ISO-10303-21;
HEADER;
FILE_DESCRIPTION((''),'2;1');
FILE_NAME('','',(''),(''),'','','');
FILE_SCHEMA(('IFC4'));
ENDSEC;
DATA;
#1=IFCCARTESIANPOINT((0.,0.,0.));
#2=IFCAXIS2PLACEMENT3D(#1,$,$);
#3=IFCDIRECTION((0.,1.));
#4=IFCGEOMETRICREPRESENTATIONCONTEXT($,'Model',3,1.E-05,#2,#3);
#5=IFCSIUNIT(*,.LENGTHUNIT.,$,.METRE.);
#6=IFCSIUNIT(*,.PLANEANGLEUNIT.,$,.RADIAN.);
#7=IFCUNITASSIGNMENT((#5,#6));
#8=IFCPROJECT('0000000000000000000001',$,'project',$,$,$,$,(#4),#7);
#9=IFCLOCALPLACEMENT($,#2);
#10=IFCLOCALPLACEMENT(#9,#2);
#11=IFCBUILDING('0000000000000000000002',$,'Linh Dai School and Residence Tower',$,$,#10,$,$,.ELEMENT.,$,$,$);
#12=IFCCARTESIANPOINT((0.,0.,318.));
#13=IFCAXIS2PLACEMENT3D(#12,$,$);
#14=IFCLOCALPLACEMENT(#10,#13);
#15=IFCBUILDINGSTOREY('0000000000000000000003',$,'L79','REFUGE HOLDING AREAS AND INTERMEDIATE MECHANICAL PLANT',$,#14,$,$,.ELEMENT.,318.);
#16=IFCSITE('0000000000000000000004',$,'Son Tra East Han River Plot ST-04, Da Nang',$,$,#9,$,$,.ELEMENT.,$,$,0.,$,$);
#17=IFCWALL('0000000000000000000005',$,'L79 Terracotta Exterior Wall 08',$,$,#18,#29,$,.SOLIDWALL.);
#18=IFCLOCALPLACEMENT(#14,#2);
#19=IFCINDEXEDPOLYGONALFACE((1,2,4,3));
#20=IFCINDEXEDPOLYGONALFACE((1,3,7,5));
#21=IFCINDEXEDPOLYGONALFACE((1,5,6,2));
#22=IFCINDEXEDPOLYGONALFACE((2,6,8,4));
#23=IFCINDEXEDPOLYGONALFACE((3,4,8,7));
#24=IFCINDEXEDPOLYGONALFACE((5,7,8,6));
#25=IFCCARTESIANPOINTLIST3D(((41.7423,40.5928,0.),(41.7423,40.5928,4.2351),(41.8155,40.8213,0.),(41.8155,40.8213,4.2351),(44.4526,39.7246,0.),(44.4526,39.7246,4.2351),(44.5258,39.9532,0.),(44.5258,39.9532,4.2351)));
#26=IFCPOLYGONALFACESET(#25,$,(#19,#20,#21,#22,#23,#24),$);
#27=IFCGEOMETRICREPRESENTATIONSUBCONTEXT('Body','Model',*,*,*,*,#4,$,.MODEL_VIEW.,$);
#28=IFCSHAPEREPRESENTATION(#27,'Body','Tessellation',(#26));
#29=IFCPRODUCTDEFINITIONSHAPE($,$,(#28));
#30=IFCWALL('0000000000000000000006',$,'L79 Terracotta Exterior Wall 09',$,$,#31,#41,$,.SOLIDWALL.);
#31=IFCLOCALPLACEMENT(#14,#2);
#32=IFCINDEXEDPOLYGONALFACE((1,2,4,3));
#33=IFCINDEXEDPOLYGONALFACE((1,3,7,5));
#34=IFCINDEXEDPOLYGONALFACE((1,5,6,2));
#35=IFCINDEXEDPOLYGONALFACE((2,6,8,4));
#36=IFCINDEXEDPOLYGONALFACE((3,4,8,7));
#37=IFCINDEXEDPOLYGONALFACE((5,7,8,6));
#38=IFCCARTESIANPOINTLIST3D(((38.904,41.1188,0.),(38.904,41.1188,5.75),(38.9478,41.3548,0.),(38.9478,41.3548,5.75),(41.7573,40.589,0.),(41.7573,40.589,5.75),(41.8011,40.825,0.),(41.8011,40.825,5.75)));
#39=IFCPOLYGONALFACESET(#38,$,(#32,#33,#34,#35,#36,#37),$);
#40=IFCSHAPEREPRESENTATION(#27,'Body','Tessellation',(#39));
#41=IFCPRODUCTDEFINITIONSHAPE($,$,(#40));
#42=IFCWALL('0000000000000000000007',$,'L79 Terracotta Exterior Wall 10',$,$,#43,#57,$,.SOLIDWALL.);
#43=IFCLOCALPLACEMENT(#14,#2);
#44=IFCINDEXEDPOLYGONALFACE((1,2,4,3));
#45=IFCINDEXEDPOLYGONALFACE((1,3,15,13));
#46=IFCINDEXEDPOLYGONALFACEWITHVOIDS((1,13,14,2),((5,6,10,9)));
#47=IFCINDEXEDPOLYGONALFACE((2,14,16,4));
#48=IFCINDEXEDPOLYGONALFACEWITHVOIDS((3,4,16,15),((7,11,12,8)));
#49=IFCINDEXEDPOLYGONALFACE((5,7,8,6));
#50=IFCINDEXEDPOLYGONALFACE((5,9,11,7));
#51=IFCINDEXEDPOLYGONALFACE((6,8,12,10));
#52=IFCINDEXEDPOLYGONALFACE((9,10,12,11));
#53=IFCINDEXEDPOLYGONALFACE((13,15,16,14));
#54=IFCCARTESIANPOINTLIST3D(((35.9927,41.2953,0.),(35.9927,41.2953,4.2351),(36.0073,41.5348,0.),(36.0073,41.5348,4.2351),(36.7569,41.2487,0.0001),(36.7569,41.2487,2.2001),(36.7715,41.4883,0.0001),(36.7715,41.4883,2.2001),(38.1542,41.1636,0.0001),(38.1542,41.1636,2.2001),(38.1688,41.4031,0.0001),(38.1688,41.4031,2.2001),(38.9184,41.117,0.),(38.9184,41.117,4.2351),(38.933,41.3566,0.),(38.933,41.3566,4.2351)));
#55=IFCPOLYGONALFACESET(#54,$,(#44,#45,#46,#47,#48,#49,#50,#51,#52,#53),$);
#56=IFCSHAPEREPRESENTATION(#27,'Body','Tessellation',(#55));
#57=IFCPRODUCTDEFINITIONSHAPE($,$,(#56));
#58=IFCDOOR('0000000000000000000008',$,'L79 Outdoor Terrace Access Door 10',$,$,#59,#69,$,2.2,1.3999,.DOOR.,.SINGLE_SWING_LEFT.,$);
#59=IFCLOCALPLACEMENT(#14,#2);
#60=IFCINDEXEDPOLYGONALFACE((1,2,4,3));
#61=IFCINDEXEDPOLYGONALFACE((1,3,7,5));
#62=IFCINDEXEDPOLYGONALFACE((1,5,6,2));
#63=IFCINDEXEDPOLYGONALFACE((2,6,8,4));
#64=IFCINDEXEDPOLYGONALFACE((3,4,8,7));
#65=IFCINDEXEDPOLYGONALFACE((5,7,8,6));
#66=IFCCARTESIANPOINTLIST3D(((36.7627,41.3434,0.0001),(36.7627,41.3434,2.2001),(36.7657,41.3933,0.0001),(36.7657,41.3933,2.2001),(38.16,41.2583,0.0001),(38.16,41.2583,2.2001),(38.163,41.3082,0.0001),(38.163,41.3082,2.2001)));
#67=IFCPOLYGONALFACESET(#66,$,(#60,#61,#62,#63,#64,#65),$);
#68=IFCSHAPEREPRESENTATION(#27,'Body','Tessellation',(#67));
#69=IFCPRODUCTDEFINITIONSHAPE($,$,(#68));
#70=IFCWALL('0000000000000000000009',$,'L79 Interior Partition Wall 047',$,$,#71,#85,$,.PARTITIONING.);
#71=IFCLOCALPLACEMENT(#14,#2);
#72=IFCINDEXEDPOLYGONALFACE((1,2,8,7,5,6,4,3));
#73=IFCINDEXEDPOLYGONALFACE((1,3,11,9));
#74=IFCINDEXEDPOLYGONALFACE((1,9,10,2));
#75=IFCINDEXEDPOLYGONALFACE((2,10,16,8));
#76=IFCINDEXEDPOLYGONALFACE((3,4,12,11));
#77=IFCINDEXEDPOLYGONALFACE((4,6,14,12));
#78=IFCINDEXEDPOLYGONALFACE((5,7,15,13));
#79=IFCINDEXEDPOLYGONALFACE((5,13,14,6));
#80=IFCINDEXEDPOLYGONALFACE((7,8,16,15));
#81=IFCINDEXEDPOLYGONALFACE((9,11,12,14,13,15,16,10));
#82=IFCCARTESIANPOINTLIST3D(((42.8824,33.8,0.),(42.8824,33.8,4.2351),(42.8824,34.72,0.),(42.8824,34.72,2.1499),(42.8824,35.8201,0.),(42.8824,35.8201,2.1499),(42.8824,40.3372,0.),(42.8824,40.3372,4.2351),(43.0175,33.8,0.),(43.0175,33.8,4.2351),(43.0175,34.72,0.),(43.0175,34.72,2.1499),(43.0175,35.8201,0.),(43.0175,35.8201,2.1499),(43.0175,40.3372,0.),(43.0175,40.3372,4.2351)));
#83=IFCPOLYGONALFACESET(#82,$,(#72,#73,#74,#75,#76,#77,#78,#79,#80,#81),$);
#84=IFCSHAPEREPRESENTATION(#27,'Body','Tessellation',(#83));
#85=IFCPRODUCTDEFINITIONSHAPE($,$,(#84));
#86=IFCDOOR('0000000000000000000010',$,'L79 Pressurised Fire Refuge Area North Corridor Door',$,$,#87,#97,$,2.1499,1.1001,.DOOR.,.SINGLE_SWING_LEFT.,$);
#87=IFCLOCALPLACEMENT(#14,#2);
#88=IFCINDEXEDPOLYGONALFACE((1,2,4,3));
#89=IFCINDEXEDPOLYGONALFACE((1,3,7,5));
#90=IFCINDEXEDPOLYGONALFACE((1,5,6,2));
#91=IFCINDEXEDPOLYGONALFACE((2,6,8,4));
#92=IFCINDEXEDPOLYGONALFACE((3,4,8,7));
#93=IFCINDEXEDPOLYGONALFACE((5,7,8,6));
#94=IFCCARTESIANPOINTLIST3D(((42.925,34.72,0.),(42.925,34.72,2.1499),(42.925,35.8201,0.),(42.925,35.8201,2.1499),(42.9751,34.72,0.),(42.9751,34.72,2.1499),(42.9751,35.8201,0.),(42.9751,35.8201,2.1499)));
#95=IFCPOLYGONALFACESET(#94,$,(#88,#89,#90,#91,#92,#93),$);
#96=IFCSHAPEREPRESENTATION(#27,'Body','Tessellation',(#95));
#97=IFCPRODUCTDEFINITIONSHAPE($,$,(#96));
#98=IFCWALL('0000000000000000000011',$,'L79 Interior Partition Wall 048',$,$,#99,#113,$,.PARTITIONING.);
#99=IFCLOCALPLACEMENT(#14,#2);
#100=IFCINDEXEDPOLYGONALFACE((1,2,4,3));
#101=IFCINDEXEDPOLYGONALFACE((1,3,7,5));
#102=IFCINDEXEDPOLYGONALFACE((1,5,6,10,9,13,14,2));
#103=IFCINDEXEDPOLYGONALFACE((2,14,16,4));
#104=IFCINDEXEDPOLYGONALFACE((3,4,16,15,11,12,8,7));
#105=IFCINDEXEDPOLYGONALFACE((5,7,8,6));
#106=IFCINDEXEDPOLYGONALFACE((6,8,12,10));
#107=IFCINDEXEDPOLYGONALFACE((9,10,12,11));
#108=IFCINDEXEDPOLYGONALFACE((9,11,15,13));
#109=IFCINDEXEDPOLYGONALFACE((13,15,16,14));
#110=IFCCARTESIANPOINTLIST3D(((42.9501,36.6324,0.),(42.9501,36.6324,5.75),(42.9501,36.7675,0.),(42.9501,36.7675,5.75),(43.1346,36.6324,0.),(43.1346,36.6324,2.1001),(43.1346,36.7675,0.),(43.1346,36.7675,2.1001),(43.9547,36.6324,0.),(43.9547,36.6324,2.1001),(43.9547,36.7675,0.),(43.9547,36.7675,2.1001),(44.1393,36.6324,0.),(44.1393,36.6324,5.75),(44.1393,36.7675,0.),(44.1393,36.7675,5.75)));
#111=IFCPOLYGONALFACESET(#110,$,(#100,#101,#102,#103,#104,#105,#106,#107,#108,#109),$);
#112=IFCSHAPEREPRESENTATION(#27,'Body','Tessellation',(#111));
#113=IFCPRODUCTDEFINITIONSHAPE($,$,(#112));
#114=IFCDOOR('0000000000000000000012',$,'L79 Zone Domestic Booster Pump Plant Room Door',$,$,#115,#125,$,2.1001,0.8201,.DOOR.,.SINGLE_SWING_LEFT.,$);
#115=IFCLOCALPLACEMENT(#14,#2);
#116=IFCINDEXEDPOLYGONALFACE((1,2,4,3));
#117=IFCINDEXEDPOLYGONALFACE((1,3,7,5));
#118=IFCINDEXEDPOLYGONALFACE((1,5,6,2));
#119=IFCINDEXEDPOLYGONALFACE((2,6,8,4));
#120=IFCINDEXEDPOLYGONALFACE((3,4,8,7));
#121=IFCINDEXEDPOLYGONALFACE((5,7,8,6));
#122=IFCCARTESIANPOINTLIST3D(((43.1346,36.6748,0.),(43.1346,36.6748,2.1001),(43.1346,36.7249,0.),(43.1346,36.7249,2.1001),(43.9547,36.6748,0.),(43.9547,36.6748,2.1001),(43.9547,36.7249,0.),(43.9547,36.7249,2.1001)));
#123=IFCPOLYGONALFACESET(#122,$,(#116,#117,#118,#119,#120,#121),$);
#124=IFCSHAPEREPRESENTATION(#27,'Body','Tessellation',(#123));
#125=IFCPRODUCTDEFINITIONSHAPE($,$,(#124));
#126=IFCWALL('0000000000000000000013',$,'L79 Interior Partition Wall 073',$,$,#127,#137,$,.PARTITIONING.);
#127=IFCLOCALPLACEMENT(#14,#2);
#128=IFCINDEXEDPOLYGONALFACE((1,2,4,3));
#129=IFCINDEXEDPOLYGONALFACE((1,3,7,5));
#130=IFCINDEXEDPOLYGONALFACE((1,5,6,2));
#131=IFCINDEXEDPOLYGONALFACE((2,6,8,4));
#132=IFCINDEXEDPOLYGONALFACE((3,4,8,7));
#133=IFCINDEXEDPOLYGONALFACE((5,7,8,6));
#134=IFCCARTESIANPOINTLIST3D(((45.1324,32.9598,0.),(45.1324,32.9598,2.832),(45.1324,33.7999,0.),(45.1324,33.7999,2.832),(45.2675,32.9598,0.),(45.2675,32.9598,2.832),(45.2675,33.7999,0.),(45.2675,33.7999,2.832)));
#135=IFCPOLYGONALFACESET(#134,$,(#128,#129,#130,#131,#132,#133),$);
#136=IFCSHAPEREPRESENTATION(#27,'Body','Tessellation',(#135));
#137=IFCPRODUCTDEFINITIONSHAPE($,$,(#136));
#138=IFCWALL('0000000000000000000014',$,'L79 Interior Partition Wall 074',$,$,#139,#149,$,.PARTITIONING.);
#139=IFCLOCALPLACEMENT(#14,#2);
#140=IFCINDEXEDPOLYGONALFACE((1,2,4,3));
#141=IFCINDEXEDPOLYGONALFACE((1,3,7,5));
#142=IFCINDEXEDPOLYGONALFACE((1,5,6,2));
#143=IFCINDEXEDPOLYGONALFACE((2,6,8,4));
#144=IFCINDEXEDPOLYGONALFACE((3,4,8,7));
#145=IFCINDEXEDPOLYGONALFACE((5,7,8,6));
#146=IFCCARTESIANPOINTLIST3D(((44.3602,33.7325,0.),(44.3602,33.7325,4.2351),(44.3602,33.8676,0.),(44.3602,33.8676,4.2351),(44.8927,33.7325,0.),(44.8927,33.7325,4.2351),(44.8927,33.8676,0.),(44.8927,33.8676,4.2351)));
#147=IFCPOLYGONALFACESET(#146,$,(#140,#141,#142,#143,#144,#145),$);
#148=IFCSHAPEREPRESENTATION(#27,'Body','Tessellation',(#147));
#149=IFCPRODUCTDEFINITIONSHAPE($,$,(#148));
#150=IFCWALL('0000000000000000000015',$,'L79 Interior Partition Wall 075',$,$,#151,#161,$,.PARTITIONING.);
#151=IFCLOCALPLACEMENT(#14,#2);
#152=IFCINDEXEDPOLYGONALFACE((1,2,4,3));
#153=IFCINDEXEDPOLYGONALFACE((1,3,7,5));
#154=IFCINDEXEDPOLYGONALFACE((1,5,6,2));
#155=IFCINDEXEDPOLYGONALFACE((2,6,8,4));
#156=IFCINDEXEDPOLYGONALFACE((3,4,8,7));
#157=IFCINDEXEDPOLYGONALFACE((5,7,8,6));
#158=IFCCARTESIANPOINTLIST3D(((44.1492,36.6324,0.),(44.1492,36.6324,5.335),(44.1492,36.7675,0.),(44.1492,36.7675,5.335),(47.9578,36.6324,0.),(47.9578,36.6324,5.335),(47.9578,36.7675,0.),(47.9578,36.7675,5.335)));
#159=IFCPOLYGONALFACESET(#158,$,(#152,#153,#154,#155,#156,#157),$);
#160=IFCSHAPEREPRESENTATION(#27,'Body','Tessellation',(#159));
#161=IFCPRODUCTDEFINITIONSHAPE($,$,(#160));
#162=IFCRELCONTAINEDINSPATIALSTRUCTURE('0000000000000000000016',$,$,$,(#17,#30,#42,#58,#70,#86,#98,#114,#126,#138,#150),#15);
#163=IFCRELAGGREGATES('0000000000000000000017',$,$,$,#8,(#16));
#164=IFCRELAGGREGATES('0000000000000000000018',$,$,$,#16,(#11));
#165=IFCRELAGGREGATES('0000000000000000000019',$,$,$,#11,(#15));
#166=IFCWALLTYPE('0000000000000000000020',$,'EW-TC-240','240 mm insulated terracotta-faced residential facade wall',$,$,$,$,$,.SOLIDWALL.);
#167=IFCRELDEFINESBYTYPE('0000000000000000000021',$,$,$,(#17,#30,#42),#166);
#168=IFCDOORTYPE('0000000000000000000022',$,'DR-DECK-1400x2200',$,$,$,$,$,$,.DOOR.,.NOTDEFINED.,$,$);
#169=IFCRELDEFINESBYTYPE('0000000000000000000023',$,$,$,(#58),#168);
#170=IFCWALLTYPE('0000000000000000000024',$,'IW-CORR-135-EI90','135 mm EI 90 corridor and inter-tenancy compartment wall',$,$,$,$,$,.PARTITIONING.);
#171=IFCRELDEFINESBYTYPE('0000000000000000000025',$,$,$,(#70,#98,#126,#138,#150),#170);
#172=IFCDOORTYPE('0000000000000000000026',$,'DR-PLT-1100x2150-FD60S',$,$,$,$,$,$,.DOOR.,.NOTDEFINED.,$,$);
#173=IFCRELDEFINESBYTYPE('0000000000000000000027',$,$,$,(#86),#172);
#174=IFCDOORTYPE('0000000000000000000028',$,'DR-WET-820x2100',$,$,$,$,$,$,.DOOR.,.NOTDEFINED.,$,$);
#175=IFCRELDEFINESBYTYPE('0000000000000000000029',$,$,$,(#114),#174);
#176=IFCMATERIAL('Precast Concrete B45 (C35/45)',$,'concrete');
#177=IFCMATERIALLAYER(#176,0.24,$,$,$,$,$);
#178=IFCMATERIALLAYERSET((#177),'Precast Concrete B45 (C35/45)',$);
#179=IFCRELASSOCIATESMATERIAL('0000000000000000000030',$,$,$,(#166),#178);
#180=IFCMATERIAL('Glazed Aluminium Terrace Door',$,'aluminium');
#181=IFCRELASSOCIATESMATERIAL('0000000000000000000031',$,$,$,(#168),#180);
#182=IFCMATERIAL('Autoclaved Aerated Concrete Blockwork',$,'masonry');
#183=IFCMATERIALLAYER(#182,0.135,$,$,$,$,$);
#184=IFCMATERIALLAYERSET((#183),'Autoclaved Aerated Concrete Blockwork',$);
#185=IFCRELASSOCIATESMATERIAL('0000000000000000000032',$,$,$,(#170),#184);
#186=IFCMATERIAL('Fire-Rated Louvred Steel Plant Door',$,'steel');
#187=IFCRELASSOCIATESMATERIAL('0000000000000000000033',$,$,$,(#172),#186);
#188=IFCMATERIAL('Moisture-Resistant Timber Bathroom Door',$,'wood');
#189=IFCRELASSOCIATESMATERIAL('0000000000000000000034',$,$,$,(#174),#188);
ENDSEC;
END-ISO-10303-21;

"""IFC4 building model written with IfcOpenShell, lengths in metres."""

from ifc_helpers import new_model, si_unit, direction, frame, frame_2d, origin, origin_2d, place, context, subcontext, project, spatial, rectangle, extrude, source, transform, mapped, material, layer, layer_set, type_object, element, fill, save


model = new_model("IFC4")

# Units and contexts
model_context = context("Model", 3, precision=1e-05, world=origin(), true_north=direction((0.0, 1.0)))
body_context = subcontext(model_context, "Body", "Model", "MODEL_VIEW")
ifc_project = project(units=[si_unit("LENGTHUNIT", "METRE"), si_unit("PLANEANGLEUNIT", "RADIAN")], contexts=[model_context])

# Site, building, storey
site_placement = place(None, origin())
site = spatial("IfcSite", under=ifc_project, at=site_placement, Name="Son Tra East Han River Plot ST-04, Da Nang", CompositionType="ELEMENT", RefElevation=0.0)
building_placement = place(site_placement, origin())
building = spatial("IfcBuilding", under=site, at=building_placement, Name="Linh Dai School and Residence Tower", CompositionType="ELEMENT")
storey_placement = place(building_placement, frame((0.0, 0.0, 318.0)))
storey = spatial("IfcBuildingStorey", under=building, at=storey_placement, Name="L79", Description="REFUGE HOLDING AREAS AND INTERMEDIATE MECHANICAL PLANT", CompositionType="ELEMENT", Elevation=318.0)

# Walls
ifc_material_1 = material(Name="Precast Concrete B45 (C35/45)", Category="concrete")
ifc_layer_1 = layer(ifc_material_1, 0.24)
ifc_layer_set_1 = layer_set([ifc_layer_1], Name="Precast Concrete B45 (C35/45)")
wall_type_1 = type_object("IfcWallType", Name="EW-TC-240", Description="240 mm insulated terracotta-faced residential facade wall", PredefinedType="SOLIDWALL", material=ifc_layer_set_1)
wall_1_placement = place(storey_placement, frame((41.7791, 40.707, 0.0), z_axis=(0.0, 0.0, 1.0), x_axis=(0.952332, -0.305062, 0.0)))
element("IfcWall", 1, at=wall_1_placement, inside=storey, type_object=wall_type_1, Name="L79 Terracotta Exterior Wall 08", PredefinedType="SOLIDWALL", context=body_context, shape_type="SweptSolid", body=[
    extrude(rectangle(XDim=2.8459, YDim=0.24, at=frame_2d((1.4229, 0.0))), origin(), (0.0, 0.0, 1.0), 4.2351),
])
wall_2_placement = place(storey_placement, frame((38.9258, 41.2368, 0.0), z_axis=(0.0, 0.0, 1.0), x_axis=(0.983195, -0.182556, 0.0)))
element("IfcWall", 2, at=wall_2_placement, inside=storey, type_object=wall_type_1, Name="L79 Terracotta Exterior Wall 09", PredefinedType="SOLIDWALL", context=body_context, shape_type="SweptSolid", body=[
    extrude(rectangle(XDim=2.9021, YDim=0.24, at=frame_2d((1.4512, 0.0))), origin(), (0.0, 0.0, 1.0), 5.75),
])

# Walls, openings, doors
wall_3_placement = place(storey_placement, frame((36.0, 41.415, 0.0), z_axis=(0.0, 0.0, 1.0), x_axis=(0.99815, -0.060802, 0.0)))
wall_3 = element("IfcWall", 3, at=wall_3_placement, inside=storey, type_object=wall_type_1, Name="L79 Terracotta Exterior Wall 10", PredefinedType="SOLIDWALL", context=body_context, shape_type="SweptSolid", body=[
    extrude(rectangle(XDim=2.9312, YDim=0.24, at=frame_2d((1.4656, 0.0))), origin(), (0.0, 0.0, 1.0), 4.2351),
])
opening_1_placement = place(wall_3_placement, frame((0.7656, 0.0, 0.0)))
opening_1 = element("IfcOpeningElement", 4, at=opening_1_placement, cuts=wall_3, PredefinedType="OPENING", context=body_context, shape_type="SweptSolid", body=[
    extrude(rectangle(XDim=1.3999, YDim=2.2, at=origin_2d()), frame((0.7, 0.1299, 1.1001), z_axis=(0.0, -1.0, 0.0), x_axis=(1.0, 0.0, 0.0)), (0.0, 0.0, 1.0), 0.26),
])
ifc_material_2 = material(Name="Glazed Aluminium Terrace Door", Category="aluminium")
door_type_1 = type_object("IfcDoorType", Name="DR-DECK-1400x2200", OperationType="NOTDEFINED", PredefinedType="DOOR", material=ifc_material_2)
shared_shape_1 = source(origin(), body_context, "Body", "SweptSolid", [
    extrude(rectangle(XDim=1.3999, YDim=2.2, at=origin_2d()), frame((0.7, 0.0249, 1.1001), z_axis=(0.0, -1.0, 0.0), x_axis=(1.0, 0.0, 0.0)), (0.0, 0.0, 1.0), 0.05),
])
door_1_placement = place(opening_1_placement, origin())
door_1 = element("IfcDoor", 5, at=door_1_placement, inside=storey, type_object=door_type_1, Name="L79 Outdoor Terrace Access Door 10", OperationType="SINGLE_SWING_LEFT", OverallHeight=2.2, OverallWidth=1.3999, PredefinedType="DOOR", context=body_context, shape_type="MappedRepresentation", body=[
    mapped(shared_shape_1, transform((0.0, 0.0, 0.0), x_axis=(1.0, 0.0, 0.0), y_axis=(0.0, 1.0, 0.0), z_axis=(0.0, 0.0, 1.0), scale=1.0)),
])
fill(opening_1, door_1)
ifc_material_3 = material(Name="Autoclaved Aerated Concrete Blockwork", Category="masonry")
ifc_layer_2 = layer(ifc_material_3, 0.135)
ifc_layer_set_2 = layer_set([ifc_layer_2], Name="Autoclaved Aerated Concrete Blockwork")
wall_type_2 = type_object("IfcWallType", Name="IW-CORR-135-EI90", Description="135 mm EI 90 corridor and inter-tenancy compartment wall", PredefinedType="PARTITIONING", material=ifc_layer_set_2)
wall_4_placement = place(storey_placement, frame((42.95, 33.8, 0.0), z_axis=(0.0, 0.0, 1.0), x_axis=(0.0, 1.0, 0.0)))
wall_4 = element("IfcWall", 6, at=wall_4_placement, inside=storey, type_object=wall_type_2, Name="L79 Interior Partition Wall 047", PredefinedType="PARTITIONING", context=body_context, shape_type="SweptSolid", body=[
    extrude(rectangle(XDim=6.5371, YDim=0.135, at=frame_2d((3.2686, 0.0))), origin(), (0.0, 0.0, 1.0), 4.2351),
])
opening_2_placement = place(wall_4_placement, frame((0.9199, 0.0, 0.0)))
opening_2 = element("IfcOpeningElement", 7, at=opening_2_placement, cuts=wall_4, PredefinedType="OPENING", context=body_context, shape_type="SweptSolid", body=[
    extrude(rectangle(XDim=1.1001, YDim=2.1499, at=origin_2d()), frame((0.55, 0.0776, 1.075), z_axis=(0.0, -1.0, 0.0), x_axis=(1.0, 0.0, 0.0)), (0.0, 0.0, 1.0), 0.155),
])
ifc_material_4 = material(Name="Fire-Rated Louvred Steel Plant Door", Category="steel")
door_type_2 = type_object("IfcDoorType", Name="DR-PLT-1100x2150-FD60S", OperationType="NOTDEFINED", PredefinedType="DOOR", material=ifc_material_4)
shared_shape_2 = source(origin(), body_context, "Body", "SweptSolid", [
    extrude(rectangle(XDim=1.1001, YDim=2.1499, at=origin_2d()), frame((0.55, 0.0249, 1.075), z_axis=(0.0, -1.0, 0.0), x_axis=(1.0, 0.0, 0.0)), (0.0, 0.0, 1.0), 0.05),
])
door_2_placement = place(opening_2_placement, origin())
door_2 = element("IfcDoor", 8, at=door_2_placement, inside=storey, type_object=door_type_2, Name="L79 Pressurised Fire Refuge Area North Corridor Door", OperationType="SINGLE_SWING_LEFT", OverallHeight=2.1499, OverallWidth=1.1001, PredefinedType="DOOR", context=body_context, shape_type="MappedRepresentation", body=[
    mapped(shared_shape_2, transform((0.0, 0.0, 0.0), x_axis=(1.0, 0.0, 0.0), y_axis=(0.0, 1.0, 0.0), z_axis=(0.0, 0.0, 1.0), scale=1.0)),
])
fill(opening_2, door_2)
wall_5_placement = place(storey_placement, frame((42.95, 36.7, 0.0), z_axis=(0.0, 0.0, 1.0), x_axis=(1.0, 0.0, 0.0)))
wall_5 = element("IfcWall", 9, at=wall_5_placement, inside=storey, type_object=wall_type_2, Name="L79 Interior Partition Wall 048", PredefinedType="PARTITIONING", context=body_context, shape_type="SweptSolid", body=[
    extrude(rectangle(XDim=1.1892, YDim=0.135, at=frame_2d((0.5947, 0.0))), origin(), (0.0, 0.0, 1.0), 5.75),
])
opening_3_placement = place(wall_5_placement, frame((0.1846, 0.0, 0.0)))
opening_3 = element("IfcOpeningElement", 10, at=opening_3_placement, cuts=wall_5, PredefinedType="OPENING", context=body_context, shape_type="SweptSolid", body=[
    extrude(rectangle(XDim=0.8201, YDim=2.1001, at=origin_2d()), frame((0.4102, 0.0776, 1.05), z_axis=(0.0, -1.0, 0.0), x_axis=(1.0, 0.0, 0.0)), (0.0, 0.0, 1.0), 0.155),
])
ifc_material_5 = material(Name="Moisture-Resistant Timber Bathroom Door", Category="wood")
door_type_3 = type_object("IfcDoorType", Name="DR-WET-820x2100", OperationType="NOTDEFINED", PredefinedType="DOOR", material=ifc_material_5)
shared_shape_3 = source(origin(), body_context, "Body", "SweptSolid", [
    extrude(rectangle(XDim=0.8201, YDim=2.1001, at=origin_2d()), frame((0.4102, 0.0249, 1.05), z_axis=(0.0, -1.0, 0.0), x_axis=(1.0, 0.0, 0.0)), (0.0, 0.0, 1.0), 0.05),
])
door_3_placement = place(opening_3_placement, origin())
door_3 = element("IfcDoor", 11, at=door_3_placement, inside=storey, type_object=door_type_3, Name="L79 Zone Domestic Booster Pump Plant Room Door", OperationType="SINGLE_SWING_LEFT", OverallHeight=2.1001, OverallWidth=0.8201, PredefinedType="DOOR", context=body_context, shape_type="MappedRepresentation", body=[
    mapped(shared_shape_3, transform((0.0, 0.0, 0.0), x_axis=(1.0, 0.0, 0.0), y_axis=(0.0, 1.0, 0.0), z_axis=(0.0, 0.0, 1.0), scale=1.0)),
])
fill(opening_3, door_3)

# Walls
wall_6_placement = place(storey_placement, frame((45.2, 32.96, 0.0), z_axis=(0.0, 0.0, 1.0), x_axis=(0.0, 1.0, 0.0)))
element("IfcWall", 12, at=wall_6_placement, inside=storey, type_object=wall_type_2, Name="L79 Interior Partition Wall 073", PredefinedType="PARTITIONING", context=body_context, shape_type="SweptSolid", body=[
    extrude(rectangle(XDim=0.8401, YDim=0.135, at=frame_2d((0.4199, 0.0))), origin(), (0.0, 0.0, 1.0), 2.832),
])
wall_7_placement = place(storey_placement, frame((44.8926, 33.8, 0.0), z_axis=(0.0, 0.0, 1.0), x_axis=(-1.0, 0.0, 0.0)))
element("IfcWall", 13, at=wall_7_placement, inside=storey, type_object=wall_type_2, Name="L79 Interior Partition Wall 074", PredefinedType="PARTITIONING", context=body_context, shape_type="SweptSolid", body=[
    extrude(rectangle(XDim=0.5325, YDim=0.135, at=frame_2d((0.2661, 0.0))), origin(), (0.0, 0.0, 1.0), 4.2351),
])
wall_8_placement = place(storey_placement, frame((44.1492, 36.7, 0.0), z_axis=(0.0, 0.0, 1.0), x_axis=(1.0, 0.0, 0.0)))
element("IfcWall", 14, at=wall_8_placement, inside=storey, type_object=wall_type_2, Name="L79 Interior Partition Wall 075", PredefinedType="PARTITIONING", context=body_context, shape_type="SweptSolid", body=[
    extrude(rectangle(XDim=3.8086, YDim=0.135, at=frame_2d((1.9043, 0.0))), origin(), (0.0, 0.0, 1.0), 5.335),
])

save(model, "model.ifc")
